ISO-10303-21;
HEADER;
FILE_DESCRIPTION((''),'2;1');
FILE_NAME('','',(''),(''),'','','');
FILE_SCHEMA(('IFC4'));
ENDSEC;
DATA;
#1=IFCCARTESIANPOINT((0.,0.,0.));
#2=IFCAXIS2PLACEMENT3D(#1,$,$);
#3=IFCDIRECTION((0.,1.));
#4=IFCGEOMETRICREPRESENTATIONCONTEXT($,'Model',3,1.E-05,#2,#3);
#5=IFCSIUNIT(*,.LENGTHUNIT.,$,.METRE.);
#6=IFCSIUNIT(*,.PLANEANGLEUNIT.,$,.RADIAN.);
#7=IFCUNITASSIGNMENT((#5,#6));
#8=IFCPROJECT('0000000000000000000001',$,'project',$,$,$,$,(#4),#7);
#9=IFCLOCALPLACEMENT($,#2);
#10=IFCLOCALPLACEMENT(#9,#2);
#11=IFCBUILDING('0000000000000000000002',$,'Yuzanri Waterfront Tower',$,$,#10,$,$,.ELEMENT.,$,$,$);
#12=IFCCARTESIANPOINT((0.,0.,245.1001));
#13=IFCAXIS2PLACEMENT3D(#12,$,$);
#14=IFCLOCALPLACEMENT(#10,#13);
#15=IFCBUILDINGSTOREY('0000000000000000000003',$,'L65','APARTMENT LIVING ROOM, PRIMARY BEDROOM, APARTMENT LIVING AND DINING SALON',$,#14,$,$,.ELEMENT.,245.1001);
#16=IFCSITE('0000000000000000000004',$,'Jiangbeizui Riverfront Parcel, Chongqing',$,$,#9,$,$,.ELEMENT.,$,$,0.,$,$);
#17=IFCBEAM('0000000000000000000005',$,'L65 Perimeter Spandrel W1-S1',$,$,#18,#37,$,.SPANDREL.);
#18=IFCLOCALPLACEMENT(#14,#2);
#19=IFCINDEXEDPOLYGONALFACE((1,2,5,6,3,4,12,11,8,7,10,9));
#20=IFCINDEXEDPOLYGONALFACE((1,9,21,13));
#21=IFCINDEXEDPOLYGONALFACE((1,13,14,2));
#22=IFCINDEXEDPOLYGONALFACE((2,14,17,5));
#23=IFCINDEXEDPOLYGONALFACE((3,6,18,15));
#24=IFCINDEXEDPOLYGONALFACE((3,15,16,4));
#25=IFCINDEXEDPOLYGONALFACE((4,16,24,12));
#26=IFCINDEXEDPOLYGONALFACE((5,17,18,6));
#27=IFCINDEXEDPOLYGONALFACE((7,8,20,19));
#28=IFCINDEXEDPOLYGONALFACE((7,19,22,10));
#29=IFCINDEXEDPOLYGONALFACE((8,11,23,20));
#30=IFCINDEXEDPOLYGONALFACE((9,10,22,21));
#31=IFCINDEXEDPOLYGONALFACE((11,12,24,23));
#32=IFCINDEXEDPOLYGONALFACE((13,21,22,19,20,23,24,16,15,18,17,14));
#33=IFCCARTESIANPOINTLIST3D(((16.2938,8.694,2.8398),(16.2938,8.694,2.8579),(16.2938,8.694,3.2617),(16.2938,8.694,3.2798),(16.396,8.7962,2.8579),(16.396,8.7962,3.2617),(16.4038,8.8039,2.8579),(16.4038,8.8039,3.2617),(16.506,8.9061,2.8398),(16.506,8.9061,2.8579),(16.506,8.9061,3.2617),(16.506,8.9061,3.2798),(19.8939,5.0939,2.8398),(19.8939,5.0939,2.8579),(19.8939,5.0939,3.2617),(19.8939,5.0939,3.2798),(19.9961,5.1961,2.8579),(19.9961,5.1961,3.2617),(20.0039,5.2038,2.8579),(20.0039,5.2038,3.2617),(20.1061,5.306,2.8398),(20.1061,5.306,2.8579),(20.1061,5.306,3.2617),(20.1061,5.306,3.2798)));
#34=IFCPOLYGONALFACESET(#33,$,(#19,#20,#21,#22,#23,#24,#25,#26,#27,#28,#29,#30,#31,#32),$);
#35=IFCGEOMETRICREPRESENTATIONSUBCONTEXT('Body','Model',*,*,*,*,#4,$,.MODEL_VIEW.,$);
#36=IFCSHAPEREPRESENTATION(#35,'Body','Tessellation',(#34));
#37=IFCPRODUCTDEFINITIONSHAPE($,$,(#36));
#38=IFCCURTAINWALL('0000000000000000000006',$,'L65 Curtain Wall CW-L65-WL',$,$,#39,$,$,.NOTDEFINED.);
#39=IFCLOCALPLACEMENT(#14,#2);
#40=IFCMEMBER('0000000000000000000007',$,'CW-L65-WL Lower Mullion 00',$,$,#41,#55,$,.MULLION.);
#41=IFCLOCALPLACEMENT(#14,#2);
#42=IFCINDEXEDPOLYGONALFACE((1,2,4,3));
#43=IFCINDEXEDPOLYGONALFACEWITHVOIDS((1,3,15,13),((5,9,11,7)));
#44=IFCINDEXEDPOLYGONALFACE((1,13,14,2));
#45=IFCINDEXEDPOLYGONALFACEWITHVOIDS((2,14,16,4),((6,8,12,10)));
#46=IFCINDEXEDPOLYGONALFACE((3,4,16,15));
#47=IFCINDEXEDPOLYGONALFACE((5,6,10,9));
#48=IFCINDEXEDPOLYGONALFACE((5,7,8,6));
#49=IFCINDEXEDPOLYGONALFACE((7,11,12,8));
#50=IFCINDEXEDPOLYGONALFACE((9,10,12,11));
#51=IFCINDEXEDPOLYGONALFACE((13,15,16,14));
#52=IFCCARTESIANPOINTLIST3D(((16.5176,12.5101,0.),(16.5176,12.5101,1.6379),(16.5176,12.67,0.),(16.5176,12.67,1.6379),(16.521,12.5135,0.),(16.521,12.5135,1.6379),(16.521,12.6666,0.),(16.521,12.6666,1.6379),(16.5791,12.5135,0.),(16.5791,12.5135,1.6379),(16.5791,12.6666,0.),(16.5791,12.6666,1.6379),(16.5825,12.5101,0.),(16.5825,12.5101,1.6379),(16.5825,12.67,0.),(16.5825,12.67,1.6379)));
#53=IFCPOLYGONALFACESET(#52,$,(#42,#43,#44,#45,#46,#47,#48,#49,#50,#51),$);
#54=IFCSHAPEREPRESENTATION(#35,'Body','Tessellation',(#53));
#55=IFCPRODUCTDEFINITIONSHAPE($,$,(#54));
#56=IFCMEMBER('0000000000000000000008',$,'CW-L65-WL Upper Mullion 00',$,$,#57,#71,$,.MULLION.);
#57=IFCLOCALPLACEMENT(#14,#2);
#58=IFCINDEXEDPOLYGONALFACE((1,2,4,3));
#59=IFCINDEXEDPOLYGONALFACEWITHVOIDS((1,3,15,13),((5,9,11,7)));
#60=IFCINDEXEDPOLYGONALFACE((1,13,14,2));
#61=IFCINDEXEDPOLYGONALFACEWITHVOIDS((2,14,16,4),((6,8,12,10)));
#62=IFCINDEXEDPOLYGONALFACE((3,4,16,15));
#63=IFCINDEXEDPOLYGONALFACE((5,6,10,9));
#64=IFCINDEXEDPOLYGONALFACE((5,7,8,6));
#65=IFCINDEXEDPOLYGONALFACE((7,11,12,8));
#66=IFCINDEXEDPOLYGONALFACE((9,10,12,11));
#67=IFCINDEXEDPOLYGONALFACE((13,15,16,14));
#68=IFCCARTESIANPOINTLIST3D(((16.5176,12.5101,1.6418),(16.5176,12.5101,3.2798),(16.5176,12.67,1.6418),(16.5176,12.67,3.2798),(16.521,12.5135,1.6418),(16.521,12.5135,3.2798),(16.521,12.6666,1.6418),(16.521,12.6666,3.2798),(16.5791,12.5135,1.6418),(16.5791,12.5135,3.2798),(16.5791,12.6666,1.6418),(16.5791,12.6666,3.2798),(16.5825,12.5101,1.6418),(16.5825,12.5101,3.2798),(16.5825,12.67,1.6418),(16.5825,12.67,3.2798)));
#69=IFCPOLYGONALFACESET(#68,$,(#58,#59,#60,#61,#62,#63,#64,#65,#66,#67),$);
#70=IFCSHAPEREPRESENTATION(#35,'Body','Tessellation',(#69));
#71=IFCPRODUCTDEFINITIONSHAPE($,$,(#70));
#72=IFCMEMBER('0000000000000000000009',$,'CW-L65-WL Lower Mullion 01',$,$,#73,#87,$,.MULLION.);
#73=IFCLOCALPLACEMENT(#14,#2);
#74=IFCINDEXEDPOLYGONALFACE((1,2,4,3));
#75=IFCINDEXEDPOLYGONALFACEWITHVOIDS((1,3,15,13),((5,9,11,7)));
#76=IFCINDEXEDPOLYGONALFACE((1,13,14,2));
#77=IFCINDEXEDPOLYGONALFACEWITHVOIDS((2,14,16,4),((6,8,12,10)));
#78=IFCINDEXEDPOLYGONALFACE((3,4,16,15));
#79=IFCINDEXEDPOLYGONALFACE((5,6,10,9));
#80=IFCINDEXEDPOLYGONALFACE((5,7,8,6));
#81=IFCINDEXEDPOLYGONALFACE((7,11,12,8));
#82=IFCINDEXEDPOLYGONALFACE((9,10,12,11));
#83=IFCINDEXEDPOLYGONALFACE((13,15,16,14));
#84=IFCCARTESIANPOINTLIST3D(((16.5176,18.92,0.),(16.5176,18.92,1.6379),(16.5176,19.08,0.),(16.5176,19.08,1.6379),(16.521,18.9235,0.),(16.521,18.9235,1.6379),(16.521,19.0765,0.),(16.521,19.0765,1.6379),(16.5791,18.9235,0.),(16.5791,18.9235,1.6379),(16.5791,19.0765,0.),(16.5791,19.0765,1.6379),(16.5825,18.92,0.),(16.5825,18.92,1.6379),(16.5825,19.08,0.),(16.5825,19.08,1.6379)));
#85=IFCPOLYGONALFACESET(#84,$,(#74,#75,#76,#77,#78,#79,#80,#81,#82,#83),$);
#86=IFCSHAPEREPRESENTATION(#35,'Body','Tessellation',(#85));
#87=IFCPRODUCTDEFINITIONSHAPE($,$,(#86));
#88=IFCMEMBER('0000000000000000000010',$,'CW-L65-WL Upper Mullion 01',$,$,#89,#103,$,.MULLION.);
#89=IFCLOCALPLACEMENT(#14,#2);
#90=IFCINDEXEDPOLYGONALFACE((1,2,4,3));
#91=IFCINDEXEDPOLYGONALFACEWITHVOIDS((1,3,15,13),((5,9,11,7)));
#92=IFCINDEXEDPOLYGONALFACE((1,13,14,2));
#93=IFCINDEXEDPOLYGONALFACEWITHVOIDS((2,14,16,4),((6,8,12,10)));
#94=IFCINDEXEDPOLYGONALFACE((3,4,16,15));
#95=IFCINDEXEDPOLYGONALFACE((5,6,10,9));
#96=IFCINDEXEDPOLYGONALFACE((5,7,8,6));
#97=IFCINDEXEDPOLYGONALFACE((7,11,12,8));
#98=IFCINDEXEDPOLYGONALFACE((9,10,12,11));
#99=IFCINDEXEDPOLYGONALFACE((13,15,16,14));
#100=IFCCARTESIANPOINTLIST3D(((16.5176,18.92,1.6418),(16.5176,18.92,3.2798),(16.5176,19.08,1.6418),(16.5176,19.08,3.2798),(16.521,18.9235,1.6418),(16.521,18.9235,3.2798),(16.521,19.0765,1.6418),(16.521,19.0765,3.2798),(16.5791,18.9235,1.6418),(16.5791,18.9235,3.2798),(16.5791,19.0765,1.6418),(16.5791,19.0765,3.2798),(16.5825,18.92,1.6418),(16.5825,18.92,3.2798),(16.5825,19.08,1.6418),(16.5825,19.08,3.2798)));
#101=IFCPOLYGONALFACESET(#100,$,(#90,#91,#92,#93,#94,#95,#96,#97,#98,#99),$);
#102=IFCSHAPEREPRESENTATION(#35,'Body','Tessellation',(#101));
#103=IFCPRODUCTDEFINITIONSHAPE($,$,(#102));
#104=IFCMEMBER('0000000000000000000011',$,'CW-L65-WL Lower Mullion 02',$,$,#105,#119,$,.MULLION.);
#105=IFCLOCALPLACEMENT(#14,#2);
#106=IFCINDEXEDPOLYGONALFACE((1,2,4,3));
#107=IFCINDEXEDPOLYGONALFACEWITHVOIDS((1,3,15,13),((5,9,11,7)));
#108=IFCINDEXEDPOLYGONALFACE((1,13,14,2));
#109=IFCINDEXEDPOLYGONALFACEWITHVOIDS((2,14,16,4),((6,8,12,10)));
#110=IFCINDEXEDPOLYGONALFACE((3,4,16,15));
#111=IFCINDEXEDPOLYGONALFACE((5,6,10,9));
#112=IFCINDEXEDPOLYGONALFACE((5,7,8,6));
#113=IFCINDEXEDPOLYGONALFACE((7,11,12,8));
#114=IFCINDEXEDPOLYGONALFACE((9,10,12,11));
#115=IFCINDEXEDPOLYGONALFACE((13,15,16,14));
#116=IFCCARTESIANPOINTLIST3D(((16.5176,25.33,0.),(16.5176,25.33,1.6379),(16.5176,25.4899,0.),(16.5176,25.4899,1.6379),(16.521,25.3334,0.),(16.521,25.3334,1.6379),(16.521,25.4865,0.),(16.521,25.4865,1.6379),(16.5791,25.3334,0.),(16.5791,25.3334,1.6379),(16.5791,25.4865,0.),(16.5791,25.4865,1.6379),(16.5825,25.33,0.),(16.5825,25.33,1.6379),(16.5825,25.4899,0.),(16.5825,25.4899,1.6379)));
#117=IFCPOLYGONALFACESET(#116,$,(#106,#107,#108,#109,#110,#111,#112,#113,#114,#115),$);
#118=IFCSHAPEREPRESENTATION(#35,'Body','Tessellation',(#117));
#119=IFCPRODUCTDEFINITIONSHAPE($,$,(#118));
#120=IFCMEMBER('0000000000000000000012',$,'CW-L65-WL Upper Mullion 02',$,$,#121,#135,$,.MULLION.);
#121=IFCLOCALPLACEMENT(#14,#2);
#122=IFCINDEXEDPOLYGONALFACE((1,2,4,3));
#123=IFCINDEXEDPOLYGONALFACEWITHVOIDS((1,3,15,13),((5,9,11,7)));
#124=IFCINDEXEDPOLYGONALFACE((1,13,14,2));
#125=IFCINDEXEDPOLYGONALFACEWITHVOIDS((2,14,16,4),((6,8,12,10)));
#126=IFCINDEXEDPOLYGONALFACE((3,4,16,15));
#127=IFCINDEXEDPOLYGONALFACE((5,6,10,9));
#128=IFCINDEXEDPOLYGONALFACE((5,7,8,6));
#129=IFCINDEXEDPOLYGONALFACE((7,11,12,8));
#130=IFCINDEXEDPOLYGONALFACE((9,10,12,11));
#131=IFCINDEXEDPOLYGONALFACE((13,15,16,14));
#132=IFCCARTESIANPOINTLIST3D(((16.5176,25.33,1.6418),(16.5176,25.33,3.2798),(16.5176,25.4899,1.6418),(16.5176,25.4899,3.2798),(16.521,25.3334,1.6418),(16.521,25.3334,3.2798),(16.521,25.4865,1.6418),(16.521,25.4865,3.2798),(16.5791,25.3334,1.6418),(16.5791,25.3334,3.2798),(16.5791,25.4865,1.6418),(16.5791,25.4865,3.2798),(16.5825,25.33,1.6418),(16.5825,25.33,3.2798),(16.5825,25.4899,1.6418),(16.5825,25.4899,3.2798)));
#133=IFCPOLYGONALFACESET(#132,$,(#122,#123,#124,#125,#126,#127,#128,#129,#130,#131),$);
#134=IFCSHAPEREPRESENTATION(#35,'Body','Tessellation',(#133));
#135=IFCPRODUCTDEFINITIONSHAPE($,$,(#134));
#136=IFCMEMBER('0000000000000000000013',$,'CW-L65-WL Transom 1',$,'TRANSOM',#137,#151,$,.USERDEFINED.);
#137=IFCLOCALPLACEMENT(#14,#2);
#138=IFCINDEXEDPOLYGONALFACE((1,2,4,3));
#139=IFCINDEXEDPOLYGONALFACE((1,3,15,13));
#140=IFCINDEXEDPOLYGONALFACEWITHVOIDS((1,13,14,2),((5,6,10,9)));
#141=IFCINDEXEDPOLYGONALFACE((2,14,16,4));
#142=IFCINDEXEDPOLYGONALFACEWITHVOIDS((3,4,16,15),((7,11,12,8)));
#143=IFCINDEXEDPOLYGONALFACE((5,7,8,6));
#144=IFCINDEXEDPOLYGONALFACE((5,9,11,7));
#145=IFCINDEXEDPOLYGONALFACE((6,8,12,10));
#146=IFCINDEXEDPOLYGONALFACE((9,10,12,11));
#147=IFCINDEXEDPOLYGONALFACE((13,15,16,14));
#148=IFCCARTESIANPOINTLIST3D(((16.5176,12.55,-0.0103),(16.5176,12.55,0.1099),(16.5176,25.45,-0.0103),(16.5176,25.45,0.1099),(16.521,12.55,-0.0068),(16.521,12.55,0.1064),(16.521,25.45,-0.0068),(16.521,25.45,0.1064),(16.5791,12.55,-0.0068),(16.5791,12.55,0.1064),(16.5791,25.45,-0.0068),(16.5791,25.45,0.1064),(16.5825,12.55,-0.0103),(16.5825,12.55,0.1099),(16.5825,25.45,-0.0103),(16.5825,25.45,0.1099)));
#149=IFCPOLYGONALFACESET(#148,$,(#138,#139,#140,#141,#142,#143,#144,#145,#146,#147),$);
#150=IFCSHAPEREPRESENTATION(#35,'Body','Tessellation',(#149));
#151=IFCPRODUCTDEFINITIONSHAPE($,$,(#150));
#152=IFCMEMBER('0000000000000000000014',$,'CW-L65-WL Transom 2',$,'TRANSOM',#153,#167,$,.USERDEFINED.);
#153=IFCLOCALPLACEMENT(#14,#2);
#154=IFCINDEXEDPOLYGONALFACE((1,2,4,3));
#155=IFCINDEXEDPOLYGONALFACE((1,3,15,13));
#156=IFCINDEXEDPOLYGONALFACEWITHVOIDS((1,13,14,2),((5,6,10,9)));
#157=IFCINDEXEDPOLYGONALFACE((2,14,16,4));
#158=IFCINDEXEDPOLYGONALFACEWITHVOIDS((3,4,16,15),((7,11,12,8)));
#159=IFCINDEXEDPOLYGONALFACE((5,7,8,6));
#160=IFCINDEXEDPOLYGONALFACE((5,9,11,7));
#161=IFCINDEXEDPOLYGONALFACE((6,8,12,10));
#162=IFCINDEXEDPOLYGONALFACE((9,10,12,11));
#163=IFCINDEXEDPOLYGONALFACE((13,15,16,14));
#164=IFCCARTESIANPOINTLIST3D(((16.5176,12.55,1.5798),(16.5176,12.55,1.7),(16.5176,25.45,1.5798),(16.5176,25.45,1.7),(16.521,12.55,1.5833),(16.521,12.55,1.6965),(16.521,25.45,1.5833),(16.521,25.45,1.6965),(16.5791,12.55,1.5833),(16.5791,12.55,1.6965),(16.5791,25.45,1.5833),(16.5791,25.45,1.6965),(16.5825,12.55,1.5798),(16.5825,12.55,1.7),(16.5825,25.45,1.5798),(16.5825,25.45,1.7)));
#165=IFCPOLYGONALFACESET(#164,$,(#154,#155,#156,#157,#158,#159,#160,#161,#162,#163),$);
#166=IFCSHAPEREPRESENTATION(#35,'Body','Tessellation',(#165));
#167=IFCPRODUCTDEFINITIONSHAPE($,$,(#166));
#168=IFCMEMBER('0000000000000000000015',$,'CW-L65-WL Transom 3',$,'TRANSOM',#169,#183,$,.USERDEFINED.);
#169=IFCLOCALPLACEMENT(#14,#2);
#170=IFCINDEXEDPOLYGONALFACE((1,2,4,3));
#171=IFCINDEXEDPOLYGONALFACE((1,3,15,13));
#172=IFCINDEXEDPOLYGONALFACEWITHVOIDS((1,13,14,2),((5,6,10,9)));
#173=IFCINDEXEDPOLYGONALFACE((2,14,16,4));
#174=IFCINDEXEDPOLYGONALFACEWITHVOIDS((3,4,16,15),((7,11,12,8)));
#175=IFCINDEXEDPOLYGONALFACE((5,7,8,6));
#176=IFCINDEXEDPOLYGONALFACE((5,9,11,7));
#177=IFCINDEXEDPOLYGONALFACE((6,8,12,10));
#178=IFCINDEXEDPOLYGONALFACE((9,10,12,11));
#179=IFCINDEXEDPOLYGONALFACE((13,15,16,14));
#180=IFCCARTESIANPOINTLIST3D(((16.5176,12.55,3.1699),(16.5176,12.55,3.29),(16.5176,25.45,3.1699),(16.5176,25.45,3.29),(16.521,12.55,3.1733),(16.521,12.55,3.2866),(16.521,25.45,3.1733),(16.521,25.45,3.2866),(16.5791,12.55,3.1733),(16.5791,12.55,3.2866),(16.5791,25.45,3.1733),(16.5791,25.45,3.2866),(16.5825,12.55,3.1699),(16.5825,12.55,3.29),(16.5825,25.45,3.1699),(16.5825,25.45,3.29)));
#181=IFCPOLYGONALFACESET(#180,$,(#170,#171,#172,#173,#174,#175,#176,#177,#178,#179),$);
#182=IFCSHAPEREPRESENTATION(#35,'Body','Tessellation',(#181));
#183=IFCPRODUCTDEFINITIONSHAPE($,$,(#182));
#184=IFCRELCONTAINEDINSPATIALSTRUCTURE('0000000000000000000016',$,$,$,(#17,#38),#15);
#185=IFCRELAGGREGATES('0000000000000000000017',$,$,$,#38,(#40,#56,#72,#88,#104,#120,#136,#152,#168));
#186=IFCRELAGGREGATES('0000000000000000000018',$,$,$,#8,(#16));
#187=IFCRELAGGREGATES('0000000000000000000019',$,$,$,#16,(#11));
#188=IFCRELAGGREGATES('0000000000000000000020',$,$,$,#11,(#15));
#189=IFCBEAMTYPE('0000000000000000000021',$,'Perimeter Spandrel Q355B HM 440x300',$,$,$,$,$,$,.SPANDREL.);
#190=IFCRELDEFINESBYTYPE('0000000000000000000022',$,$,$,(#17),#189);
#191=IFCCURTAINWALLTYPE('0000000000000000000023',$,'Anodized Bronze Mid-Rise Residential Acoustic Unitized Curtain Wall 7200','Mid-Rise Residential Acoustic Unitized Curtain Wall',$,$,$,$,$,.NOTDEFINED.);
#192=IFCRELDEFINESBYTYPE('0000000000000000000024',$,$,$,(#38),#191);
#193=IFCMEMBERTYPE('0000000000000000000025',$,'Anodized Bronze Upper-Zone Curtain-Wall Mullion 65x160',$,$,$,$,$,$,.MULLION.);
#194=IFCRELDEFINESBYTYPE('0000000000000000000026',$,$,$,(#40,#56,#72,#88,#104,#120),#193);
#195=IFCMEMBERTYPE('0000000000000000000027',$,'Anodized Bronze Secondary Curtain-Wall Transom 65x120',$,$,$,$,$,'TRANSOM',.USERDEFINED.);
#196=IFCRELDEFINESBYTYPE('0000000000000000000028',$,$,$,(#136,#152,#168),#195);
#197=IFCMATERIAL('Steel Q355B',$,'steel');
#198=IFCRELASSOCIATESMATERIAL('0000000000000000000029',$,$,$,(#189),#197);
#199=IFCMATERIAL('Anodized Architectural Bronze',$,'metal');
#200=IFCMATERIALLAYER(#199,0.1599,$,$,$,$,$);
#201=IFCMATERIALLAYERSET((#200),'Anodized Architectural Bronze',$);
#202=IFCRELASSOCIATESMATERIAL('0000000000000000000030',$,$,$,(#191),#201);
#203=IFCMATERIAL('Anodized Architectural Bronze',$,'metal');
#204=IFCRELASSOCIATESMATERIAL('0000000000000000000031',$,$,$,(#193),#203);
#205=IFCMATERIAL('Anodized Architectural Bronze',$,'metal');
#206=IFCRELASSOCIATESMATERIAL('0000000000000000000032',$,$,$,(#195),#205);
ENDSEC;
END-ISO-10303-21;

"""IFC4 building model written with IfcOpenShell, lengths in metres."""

from ifc_helpers import new_model, si_unit, direction, frame, origin, origin_2d, place, context, subcontext, project, spatial, hollow_rectangle, i_section, extrude, source, transform, mapped, material, layer, layer_set, material_profile, profile_set, type_object, element, aggregate, save


model = new_model("IFC4")

# Units and contexts
model_context = context("Model", 3, precision=1e-05, world=origin(), true_north=direction((0.0, 1.0)))
body_context = subcontext(model_context, "Body", "Model", "MODEL_VIEW")
ifc_project = project(units=[si_unit("LENGTHUNIT", "METRE"), si_unit("PLANEANGLEUNIT", "RADIAN")], contexts=[model_context])

# Site, building, storey
site_placement = place(None, origin())
site = spatial("IfcSite", under=ifc_project, at=site_placement, Name="Jiangbeizui Riverfront Parcel, Chongqing", CompositionType="ELEMENT", RefElevation=0.0)
building_placement = place(site_placement, origin())
building = spatial("IfcBuilding", under=site, at=building_placement, Name="Yuzanri Waterfront Tower", CompositionType="ELEMENT")
storey_placement = place(building_placement, frame((0.0, 0.0, 245.1001)))
storey = spatial("IfcBuildingStorey", under=building, at=storey_placement, Name="L65", Description="APARTMENT LIVING ROOM, PRIMARY BEDROOM, APARTMENT LIVING AND DINING SALON", CompositionType="ELEMENT", Elevation=245.1001)

# Beam
ifc_material_1 = material(Name="Steel Q355B", Category="steel")
ifc_material_profile_1 = material_profile(ifc_material_1, i_section(OverallWidth=0.3, OverallDepth=0.4399, WebThickness=0.011, FlangeThickness=0.0181, at=origin_2d()), Name="HM 440x300x11x18")
ifc_profile_set_1 = profile_set([ifc_material_profile_1], Name="Steel Q355B")
beam_type = type_object("IfcBeamType", Name="Perimeter Spandrel Q355B HM 440x300", PredefinedType="SPANDREL", material=ifc_profile_set_1)
shared_shape_1 = source(origin(), body_context, "Body", "SweptSolid", [
    extrude(i_section(OverallWidth=0.3, OverallDepth=0.4399, WebThickness=0.011, FlangeThickness=0.0181, at=origin_2d()), origin(), (0.0, 0.0, 1.0), 5.0913),
])
beam_placement = place(storey_placement, frame((16.3999, 8.8, 3.0598), z_axis=(0.707107, -0.707107, 0.0), x_axis=(0.707107, 0.707107, 0.0)))
element("IfcBeam", 1, at=beam_placement, inside=storey, type_object=beam_type, Name="L65 Perimeter Spandrel W1-S1", PredefinedType="SPANDREL", context=body_context, shape_type="MappedRepresentation", body=[
    mapped(shared_shape_1, transform((0.0, 0.0, 0.0), scale=1.0)),
])

# Curtain wall, members
ifc_material_2 = material(Name="Anodized Architectural Bronze", Category="metal")
ifc_layer_1 = layer(ifc_material_2, 0.1599)
ifc_layer_set_1 = layer_set([ifc_layer_1], Name="Anodized Architectural Bronze")
curtain_wall_type = type_object("IfcCurtainWallType", Name="Anodized Bronze Mid-Rise Residential Acoustic Unitized Curtain Wall 7200", Description="Mid-Rise Residential Acoustic Unitized Curtain Wall", PredefinedType="NOTDEFINED", material=ifc_layer_set_1)
curtain_wall_placement = place(storey_placement, origin())
curtain_wall = element("IfcCurtainWall", 2, at=curtain_wall_placement, inside=storey, type_object=curtain_wall_type, Name="L65 Curtain Wall CW-L65-WL", PredefinedType="NOTDEFINED")
ifc_material_3 = material(Name="Anodized Architectural Bronze", Category="metal")
ifc_material_profile_2 = material_profile(ifc_material_3, hollow_rectangle(XDim=0.0649, YDim=0.1599, WallThickness=0.0034, at=origin_2d()), Name="CWM 65x160")
ifc_profile_set_2 = profile_set([ifc_material_profile_2], Name="Anodized Architectural Bronze")
member_type_1 = type_object("IfcMemberType", Name="Anodized Bronze Upper-Zone Curtain-Wall Mullion 65x160", PredefinedType="MULLION", material=ifc_profile_set_2)
shared_shape_2 = source(origin(), body_context, "Body", "SweptSolid", [
    extrude(hollow_rectangle(XDim=0.0649, YDim=0.1599, WallThickness=0.0034, at=origin_2d()), origin(), (0.0, 0.0, 1.0), 1.6379),
])
member_1_placement = place(storey_placement, frame((16.55, 12.5901, 0.0), z_axis=(0.0, 0.0, 1.0), x_axis=(1.0, 0.0, 0.0)))
member_1 = element("IfcMember", 3, at=member_1_placement, type_object=member_type_1, Name="CW-L65-WL Lower Mullion 00", PredefinedType="MULLION", context=body_context, shape_type="MappedRepresentation", body=[
    mapped(shared_shape_2, transform((0.0, 0.0, 0.0), scale=1.0)),
])
member_2_placement = place(storey_placement, frame((16.55, 12.5901, 1.6418), z_axis=(0.0, 0.0, 1.0), x_axis=(1.0, 0.0, 0.0)))
member_2 = element("IfcMember", 4, at=member_2_placement, type_object=member_type_1, Name="CW-L65-WL Upper Mullion 00", PredefinedType="MULLION", context=body_context, shape_type="MappedRepresentation", body=[
    mapped(shared_shape_2, transform((0.0, 0.0, 0.0), scale=1.0)),
])
member_3_placement = place(storey_placement, frame((16.55, 19.0, 0.0), z_axis=(0.0, 0.0, 1.0), x_axis=(1.0, 0.0, 0.0)))
member_3 = element("IfcMember", 5, at=member_3_placement, type_object=member_type_1, Name="CW-L65-WL Lower Mullion 01", PredefinedType="MULLION", context=body_context, shape_type="MappedRepresentation", body=[
    mapped(shared_shape_2, transform((0.0, 0.0, 0.0), scale=1.0)),
])
member_4_placement = place(storey_placement, frame((16.55, 19.0, 1.6418), z_axis=(0.0, 0.0, 1.0), x_axis=(1.0, 0.0, 0.0)))
member_4 = element("IfcMember", 6, at=member_4_placement, type_object=member_type_1, Name="CW-L65-WL Upper Mullion 01", PredefinedType="MULLION", context=body_context, shape_type="MappedRepresentation", body=[
    mapped(shared_shape_2, transform((0.0, 0.0, 0.0), scale=1.0)),
])
member_5_placement = place(storey_placement, frame((16.55, 25.4099, 0.0), z_axis=(0.0, 0.0, 1.0), x_axis=(1.0, 0.0, 0.0)))
member_5 = element("IfcMember", 7, at=member_5_placement, type_object=member_type_1, Name="CW-L65-WL Lower Mullion 02", PredefinedType="MULLION", context=body_context, shape_type="MappedRepresentation", body=[
    mapped(shared_shape_2, transform((0.0, 0.0, 0.0), scale=1.0)),
])
member_6_placement = place(storey_placement, frame((16.55, 25.4099, 1.6418), z_axis=(0.0, 0.0, 1.0), x_axis=(1.0, 0.0, 0.0)))
member_6 = element("IfcMember", 8, at=member_6_placement, type_object=member_type_1, Name="CW-L65-WL Upper Mullion 02", PredefinedType="MULLION", context=body_context, shape_type="MappedRepresentation", body=[
    mapped(shared_shape_2, transform((0.0, 0.0, 0.0), scale=1.0)),
])
ifc_material_4 = material(Name="Anodized Architectural Bronze", Category="metal")
ifc_material_profile_3 = material_profile(ifc_material_4, hollow_rectangle(XDim=0.0649, YDim=0.1201, WallThickness=0.0034, at=origin_2d()), Name="CWT 65x120")
ifc_profile_set_3 = profile_set([ifc_material_profile_3], Name="Anodized Architectural Bronze")
member_type_2 = type_object("IfcMemberType", Name="Anodized Bronze Secondary Curtain-Wall Transom 65x120", ElementType="TRANSOM", PredefinedType="USERDEFINED", material=ifc_profile_set_3)
shared_shape_3 = source(origin(), body_context, "Body", "SweptSolid", [
    extrude(hollow_rectangle(XDim=0.0649, YDim=0.1201, WallThickness=0.0034, at=origin_2d()), origin(), (0.0, 0.0, 1.0), 12.8999),
])
member_7_placement = place(storey_placement, frame((16.55, 12.55, 0.0498), z_axis=(0.0, 1.0, 0.0), x_axis=(-1.0, 0.0, 0.0)))
member_7 = element("IfcMember", 9, at=member_7_placement, type_object=member_type_2, Name="CW-L65-WL Transom 1", ObjectType="TRANSOM", PredefinedType="USERDEFINED", context=body_context, shape_type="MappedRepresentation", body=[
    mapped(shared_shape_3, transform((0.0, 0.0, 0.0), scale=1.0)),
])
member_8_placement = place(storey_placement, frame((16.55, 12.55, 1.6399), z_axis=(0.0, 1.0, 0.0), x_axis=(-1.0, 0.0, 0.0)))
member_8 = element("IfcMember", 10, at=member_8_placement, type_object=member_type_2, Name="CW-L65-WL Transom 2", ObjectType="TRANSOM", PredefinedType="USERDEFINED", context=body_context, shape_type="MappedRepresentation", body=[
    mapped(shared_shape_3, transform((0.0, 0.0, 0.0), scale=1.0)),
])
member_9_placement = place(storey_placement, frame((16.55, 12.55, 3.23), z_axis=(0.0, 1.0, 0.0), x_axis=(-1.0, 0.0, 0.0)))
member_9 = element("IfcMember", 11, at=member_9_placement, type_object=member_type_2, Name="CW-L65-WL Transom 3", ObjectType="TRANSOM", PredefinedType="USERDEFINED", context=body_context, shape_type="MappedRepresentation", body=[
    mapped(shared_shape_3, transform((0.0, 0.0, 0.0), scale=1.0)),
])

aggregate(curtain_wall, [member_1, member_2, member_3, member_4, member_5, member_6, member_7, member_8, member_9])

save(model, "model.ifc")
